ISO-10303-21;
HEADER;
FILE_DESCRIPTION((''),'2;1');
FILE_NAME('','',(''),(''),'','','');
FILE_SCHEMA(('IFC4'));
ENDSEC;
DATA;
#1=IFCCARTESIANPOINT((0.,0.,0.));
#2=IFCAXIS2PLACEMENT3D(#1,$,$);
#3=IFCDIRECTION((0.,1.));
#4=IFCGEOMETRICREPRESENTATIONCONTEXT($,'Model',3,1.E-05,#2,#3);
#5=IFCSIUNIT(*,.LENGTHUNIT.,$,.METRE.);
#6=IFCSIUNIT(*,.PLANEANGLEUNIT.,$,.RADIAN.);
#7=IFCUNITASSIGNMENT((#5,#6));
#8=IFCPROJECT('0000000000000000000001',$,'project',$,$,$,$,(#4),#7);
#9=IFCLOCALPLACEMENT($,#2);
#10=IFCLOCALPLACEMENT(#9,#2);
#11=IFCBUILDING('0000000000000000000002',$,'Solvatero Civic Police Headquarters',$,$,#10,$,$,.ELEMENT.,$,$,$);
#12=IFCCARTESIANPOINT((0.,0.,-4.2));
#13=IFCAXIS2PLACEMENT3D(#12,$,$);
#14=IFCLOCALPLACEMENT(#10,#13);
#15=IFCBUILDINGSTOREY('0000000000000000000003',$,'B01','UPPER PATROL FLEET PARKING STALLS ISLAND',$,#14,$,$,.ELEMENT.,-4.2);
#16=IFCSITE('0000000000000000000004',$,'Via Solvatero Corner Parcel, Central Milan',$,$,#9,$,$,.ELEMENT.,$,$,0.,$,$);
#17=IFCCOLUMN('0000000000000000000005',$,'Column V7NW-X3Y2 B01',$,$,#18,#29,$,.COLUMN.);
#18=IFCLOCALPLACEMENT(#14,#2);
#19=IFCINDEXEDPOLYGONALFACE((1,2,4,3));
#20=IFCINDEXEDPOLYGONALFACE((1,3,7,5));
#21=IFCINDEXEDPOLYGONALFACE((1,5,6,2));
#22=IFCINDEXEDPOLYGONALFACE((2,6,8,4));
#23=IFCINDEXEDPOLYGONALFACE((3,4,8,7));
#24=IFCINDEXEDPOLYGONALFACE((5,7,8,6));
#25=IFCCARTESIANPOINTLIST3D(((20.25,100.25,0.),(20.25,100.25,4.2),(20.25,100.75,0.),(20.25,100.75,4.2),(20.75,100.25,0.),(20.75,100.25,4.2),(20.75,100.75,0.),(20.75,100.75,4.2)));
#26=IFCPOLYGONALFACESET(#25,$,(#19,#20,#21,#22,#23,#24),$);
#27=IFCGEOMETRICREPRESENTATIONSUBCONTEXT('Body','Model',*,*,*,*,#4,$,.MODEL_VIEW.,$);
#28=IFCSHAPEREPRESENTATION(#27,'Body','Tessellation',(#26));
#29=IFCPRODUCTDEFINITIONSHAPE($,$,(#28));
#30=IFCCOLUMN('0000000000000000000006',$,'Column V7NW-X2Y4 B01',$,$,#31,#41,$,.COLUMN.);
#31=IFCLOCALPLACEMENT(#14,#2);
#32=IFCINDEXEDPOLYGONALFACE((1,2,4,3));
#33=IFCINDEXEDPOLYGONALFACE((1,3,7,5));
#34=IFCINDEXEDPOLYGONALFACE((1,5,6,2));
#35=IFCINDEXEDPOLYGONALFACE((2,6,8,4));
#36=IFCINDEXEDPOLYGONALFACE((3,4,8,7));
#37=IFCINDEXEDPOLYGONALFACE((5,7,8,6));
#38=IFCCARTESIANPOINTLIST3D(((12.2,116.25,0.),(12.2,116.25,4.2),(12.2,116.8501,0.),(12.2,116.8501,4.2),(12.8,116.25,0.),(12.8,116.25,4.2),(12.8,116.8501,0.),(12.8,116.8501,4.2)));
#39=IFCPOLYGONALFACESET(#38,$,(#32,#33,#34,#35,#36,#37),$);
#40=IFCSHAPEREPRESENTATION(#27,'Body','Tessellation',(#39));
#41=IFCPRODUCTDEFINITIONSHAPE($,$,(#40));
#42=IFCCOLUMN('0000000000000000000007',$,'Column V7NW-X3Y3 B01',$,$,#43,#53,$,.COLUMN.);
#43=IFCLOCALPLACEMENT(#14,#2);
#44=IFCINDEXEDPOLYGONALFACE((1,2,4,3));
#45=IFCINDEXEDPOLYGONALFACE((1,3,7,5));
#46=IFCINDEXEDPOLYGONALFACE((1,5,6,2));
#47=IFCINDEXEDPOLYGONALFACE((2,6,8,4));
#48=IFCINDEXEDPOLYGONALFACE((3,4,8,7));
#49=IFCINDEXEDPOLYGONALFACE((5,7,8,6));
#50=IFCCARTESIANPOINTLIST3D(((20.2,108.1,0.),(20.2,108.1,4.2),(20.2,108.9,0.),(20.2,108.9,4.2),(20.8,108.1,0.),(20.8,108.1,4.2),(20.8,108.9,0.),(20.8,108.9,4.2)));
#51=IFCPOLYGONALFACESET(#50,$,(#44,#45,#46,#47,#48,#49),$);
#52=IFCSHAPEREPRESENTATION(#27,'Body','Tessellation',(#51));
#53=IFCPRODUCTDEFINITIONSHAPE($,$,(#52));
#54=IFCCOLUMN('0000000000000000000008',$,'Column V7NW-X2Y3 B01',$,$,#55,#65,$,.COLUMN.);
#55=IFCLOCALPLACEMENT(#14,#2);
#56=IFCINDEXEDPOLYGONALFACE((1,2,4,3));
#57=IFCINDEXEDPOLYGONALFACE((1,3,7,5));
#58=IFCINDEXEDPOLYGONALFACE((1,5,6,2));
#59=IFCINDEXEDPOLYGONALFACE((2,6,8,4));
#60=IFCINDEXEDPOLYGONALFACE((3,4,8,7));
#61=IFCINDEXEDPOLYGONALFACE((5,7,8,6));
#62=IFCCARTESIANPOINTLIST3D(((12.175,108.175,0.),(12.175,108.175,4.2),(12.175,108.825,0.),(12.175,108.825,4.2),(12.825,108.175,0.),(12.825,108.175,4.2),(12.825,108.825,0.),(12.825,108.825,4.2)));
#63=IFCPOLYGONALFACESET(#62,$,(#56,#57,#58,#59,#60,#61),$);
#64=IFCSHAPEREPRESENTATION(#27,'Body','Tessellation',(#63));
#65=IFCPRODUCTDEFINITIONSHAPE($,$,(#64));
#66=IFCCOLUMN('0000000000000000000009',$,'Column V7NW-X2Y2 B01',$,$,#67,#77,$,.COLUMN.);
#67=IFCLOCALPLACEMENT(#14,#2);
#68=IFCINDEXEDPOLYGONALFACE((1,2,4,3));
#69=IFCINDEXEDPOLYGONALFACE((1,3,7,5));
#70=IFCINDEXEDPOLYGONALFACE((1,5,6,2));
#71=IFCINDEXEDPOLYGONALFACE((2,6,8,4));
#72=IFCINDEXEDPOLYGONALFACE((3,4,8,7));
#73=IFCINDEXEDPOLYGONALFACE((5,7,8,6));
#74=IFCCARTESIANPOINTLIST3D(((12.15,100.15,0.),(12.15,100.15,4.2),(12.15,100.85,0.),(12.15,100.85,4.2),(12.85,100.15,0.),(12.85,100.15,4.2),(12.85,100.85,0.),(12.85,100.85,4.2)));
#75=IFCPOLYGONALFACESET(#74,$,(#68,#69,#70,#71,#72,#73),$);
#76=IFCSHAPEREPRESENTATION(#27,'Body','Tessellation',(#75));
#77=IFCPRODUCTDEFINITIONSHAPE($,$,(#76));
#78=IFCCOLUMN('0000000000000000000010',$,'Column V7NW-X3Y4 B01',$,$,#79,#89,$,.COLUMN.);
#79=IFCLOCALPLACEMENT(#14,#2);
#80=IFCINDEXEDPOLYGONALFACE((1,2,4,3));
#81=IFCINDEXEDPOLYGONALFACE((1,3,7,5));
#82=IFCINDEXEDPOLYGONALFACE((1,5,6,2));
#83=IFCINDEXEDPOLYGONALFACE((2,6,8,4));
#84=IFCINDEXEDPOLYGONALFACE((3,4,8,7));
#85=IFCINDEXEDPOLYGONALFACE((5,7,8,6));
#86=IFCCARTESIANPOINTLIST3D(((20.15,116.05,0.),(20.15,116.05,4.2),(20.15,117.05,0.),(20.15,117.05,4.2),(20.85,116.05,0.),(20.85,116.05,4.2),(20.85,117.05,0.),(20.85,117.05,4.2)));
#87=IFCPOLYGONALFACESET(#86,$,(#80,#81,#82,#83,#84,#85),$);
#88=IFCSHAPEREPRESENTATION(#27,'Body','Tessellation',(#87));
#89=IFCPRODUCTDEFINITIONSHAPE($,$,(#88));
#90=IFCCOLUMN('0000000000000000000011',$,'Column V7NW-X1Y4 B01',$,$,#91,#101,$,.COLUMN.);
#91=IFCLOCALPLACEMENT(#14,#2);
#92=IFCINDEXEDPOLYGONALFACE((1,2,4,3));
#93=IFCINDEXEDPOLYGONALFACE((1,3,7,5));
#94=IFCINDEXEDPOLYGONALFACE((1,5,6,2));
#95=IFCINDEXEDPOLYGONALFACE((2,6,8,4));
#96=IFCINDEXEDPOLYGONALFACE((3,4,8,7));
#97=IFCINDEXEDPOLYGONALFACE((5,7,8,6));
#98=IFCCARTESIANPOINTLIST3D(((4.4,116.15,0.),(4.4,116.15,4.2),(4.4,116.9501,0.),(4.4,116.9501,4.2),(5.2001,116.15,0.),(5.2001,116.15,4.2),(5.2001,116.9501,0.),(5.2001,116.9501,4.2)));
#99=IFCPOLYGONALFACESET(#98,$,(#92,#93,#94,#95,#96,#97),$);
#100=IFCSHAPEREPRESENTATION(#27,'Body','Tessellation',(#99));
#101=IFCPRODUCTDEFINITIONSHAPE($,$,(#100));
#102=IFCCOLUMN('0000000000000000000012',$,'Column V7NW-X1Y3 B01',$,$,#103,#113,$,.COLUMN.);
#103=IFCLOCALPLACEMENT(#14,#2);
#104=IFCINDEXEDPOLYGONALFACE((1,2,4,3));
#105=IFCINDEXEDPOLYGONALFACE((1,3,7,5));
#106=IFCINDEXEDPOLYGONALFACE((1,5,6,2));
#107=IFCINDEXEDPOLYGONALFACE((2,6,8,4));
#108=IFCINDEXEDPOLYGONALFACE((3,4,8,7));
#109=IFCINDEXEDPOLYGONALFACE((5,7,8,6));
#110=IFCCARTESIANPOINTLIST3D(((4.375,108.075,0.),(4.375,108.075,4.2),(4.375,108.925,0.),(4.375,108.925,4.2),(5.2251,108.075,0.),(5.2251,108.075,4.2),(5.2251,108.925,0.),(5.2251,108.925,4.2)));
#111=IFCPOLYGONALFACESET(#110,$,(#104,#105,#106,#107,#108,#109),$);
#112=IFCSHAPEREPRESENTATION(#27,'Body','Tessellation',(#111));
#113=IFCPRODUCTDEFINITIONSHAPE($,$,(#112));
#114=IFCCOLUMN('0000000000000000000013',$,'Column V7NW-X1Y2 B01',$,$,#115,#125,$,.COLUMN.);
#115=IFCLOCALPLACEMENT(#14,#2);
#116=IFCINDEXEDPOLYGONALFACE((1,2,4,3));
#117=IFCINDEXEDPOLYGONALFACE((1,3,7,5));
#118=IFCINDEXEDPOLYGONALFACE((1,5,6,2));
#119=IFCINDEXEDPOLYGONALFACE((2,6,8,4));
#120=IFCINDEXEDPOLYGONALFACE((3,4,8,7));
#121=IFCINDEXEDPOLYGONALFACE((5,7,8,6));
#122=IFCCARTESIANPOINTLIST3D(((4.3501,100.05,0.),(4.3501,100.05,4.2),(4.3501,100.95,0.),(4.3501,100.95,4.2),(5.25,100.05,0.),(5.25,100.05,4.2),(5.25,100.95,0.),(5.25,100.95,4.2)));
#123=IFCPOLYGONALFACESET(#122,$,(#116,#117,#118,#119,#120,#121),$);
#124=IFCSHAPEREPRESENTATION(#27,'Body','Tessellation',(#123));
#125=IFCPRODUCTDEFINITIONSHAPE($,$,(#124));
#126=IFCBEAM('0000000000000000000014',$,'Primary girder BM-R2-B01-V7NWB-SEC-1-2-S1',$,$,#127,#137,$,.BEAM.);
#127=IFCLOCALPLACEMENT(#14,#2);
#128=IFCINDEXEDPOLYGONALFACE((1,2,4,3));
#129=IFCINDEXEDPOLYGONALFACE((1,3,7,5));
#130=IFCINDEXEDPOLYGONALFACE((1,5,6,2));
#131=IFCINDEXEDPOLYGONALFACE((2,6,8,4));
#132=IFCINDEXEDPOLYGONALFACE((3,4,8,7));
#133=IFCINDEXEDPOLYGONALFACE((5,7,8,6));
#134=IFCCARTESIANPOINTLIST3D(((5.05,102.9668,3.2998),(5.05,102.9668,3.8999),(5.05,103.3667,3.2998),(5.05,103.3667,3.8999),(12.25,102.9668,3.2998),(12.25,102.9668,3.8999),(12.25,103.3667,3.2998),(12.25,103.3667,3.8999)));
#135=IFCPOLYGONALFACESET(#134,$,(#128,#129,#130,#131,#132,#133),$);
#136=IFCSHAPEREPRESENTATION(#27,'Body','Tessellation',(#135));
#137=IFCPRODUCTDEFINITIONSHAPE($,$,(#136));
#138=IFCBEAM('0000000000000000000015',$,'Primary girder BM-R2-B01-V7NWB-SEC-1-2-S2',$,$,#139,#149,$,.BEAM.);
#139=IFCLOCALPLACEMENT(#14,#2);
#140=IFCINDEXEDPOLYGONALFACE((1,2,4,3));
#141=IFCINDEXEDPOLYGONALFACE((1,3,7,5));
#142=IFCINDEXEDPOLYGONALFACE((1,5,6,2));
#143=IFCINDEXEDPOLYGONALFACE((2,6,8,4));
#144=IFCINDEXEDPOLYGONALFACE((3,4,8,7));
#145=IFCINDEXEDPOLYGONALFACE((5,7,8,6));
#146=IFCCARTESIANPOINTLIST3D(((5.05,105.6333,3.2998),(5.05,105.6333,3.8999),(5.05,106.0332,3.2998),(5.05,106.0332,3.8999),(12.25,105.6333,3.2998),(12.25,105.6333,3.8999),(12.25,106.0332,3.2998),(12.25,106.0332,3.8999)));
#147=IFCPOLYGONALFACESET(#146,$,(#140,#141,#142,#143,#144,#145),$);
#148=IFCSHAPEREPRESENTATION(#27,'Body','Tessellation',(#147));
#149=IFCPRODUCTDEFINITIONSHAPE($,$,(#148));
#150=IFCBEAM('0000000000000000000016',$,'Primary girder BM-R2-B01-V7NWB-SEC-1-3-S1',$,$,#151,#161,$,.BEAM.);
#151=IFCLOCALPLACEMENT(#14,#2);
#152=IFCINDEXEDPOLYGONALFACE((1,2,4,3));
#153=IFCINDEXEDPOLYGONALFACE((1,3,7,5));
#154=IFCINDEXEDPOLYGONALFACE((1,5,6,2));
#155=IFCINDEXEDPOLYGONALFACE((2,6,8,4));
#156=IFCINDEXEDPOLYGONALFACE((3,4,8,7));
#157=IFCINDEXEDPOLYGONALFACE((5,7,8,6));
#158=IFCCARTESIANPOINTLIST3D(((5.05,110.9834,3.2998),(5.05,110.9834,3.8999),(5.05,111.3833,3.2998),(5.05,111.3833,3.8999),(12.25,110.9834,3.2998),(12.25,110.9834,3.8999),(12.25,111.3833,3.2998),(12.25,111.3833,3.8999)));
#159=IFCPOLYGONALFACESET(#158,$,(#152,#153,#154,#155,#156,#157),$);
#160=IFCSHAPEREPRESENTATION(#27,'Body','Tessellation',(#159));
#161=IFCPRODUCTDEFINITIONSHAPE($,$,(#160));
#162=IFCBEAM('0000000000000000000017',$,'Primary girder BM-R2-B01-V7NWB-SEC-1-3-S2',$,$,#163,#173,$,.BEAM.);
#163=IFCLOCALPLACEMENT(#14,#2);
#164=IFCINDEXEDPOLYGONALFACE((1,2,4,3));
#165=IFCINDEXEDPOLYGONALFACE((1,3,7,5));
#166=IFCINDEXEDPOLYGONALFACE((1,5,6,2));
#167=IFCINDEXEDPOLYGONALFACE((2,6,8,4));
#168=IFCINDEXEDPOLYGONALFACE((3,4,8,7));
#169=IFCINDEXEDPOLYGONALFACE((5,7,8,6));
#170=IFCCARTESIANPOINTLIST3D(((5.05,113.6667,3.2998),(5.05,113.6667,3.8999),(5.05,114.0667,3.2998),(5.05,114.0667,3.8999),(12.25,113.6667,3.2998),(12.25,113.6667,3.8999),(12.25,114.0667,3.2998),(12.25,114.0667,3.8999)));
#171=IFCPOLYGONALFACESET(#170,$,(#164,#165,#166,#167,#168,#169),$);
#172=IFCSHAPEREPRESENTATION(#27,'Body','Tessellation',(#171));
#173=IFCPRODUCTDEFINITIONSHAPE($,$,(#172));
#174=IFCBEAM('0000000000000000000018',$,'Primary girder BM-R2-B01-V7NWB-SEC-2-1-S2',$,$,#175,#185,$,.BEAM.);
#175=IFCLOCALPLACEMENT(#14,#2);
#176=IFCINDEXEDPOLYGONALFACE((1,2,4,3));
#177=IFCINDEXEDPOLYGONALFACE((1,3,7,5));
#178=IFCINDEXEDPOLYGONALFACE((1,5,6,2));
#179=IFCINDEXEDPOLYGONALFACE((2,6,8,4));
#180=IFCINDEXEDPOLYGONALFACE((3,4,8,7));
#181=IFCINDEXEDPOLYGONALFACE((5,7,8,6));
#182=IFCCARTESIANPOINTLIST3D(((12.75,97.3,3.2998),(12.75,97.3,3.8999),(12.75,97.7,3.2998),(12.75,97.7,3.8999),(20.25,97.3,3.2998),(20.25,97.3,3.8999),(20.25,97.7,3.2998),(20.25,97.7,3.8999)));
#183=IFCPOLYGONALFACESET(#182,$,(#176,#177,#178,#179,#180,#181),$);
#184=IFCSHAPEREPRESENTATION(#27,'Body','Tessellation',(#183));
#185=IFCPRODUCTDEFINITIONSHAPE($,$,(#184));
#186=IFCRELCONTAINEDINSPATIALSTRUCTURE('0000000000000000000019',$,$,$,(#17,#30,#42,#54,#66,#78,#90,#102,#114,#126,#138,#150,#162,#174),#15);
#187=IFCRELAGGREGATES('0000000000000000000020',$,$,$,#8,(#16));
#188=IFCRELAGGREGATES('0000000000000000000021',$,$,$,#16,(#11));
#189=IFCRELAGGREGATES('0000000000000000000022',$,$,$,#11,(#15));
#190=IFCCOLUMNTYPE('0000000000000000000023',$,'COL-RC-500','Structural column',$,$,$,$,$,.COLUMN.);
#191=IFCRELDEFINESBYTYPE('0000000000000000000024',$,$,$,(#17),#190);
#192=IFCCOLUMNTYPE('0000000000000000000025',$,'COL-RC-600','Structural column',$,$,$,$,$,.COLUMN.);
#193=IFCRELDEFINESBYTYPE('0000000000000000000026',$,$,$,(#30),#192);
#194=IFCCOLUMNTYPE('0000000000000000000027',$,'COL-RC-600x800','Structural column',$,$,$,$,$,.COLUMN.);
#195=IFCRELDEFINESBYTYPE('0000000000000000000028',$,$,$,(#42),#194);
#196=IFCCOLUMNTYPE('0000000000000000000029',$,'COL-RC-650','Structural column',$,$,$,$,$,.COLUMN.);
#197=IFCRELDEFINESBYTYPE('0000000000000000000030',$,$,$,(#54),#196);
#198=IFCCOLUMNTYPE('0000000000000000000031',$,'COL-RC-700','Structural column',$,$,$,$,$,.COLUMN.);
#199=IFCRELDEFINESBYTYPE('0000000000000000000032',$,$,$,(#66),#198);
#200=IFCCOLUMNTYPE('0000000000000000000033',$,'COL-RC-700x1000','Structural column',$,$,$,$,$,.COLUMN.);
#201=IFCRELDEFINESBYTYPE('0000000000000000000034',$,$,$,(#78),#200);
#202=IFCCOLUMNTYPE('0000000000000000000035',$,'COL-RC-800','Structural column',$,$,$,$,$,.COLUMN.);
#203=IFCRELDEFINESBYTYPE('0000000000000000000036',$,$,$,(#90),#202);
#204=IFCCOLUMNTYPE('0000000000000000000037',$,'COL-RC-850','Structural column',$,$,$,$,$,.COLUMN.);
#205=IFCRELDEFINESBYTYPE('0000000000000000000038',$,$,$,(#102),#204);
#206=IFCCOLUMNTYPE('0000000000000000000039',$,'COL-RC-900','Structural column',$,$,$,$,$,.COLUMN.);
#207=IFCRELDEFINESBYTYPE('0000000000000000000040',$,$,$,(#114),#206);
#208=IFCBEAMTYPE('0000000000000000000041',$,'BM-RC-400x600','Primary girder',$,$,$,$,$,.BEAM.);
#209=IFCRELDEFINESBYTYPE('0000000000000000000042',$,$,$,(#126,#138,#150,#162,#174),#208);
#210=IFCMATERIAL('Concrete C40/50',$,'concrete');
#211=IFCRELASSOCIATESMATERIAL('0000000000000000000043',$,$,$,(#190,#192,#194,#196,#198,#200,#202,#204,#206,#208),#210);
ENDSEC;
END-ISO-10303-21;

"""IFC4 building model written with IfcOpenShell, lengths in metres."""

from ifc_helpers import new_model, si_unit, direction, frame, origin, origin_2d, place, context, subcontext, project, spatial, rectangle, extrude, material, material_profile, profile_set, type_object, element, save


model = new_model("IFC4")

# Units and contexts
model_context = context("Model", 3, precision=1e-05, world=origin(), true_north=direction((0.0, 1.0)))
body_context = subcontext(model_context, "Body", "Model", "MODEL_VIEW")
ifc_project = project(units=[si_unit("LENGTHUNIT", "METRE"), si_unit("PLANEANGLEUNIT", "RADIAN")], contexts=[model_context])

# Site, building, storey
site_placement = place(None, origin())
site = spatial("IfcSite", under=ifc_project, at=site_placement, Name="Via Solvatero Corner Parcel, Central Milan", CompositionType="ELEMENT", RefElevation=0.0)
building_placement = place(site_placement, origin())
building = spatial("IfcBuilding", under=site, at=building_placement, Name="Solvatero Civic Police Headquarters", CompositionType="ELEMENT")
storey_placement = place(building_placement, frame((0.0, 0.0, -4.2)))
storey = spatial("IfcBuildingStorey", under=building, at=storey_placement, Name="B01", Description="UPPER PATROL FLEET PARKING STALLS ISLAND", CompositionType="ELEMENT", Elevation=-4.2)

# Columns
ifc_material_1 = material(Name="Concrete C40/50", Category="concrete")
ifc_material_profile_1 = material_profile(ifc_material_1, rectangle(XDim=0.5, YDim=0.5, at=origin_2d()), Name="RC 500x500")
ifc_profile_set_1 = profile_set([ifc_material_profile_1], Name="Concrete C40/50")
column_type_1 = type_object("IfcColumnType", Name="COL-RC-500", Description="Structural column", PredefinedType="COLUMN", material=ifc_profile_set_1)
column_1_placement = place(storey_placement, frame((20.5, 100.5, 0.0), z_axis=(0.0, 0.0, 1.0), x_axis=(1.0, 0.0, 0.0)))
element("IfcColumn", 1, at=column_1_placement, inside=storey, type_object=column_type_1, Name="Column V7NW-X3Y2 B01", PredefinedType="COLUMN", context=body_context, shape_type="SweptSolid", body=[
    extrude(rectangle(XDim=0.5, YDim=0.5, at=origin_2d()), origin(), (0.0, 0.0, 1.0), 4.2),
])
ifc_material_profile_2 = material_profile(ifc_material_1, rectangle(XDim=0.6001, YDim=0.6001, at=origin_2d()), Name="RC 600x600")
ifc_profile_set_2 = profile_set([ifc_material_profile_2], Name="Concrete C40/50")
column_type_2 = type_object("IfcColumnType", Name="COL-RC-600", Description="Structural column", PredefinedType="COLUMN", material=ifc_profile_set_2)
column_2_placement = place(storey_placement, frame((12.5, 116.55, 0.0), z_axis=(0.0, 0.0, 1.0), x_axis=(1.0, 0.0, 0.0)))
element("IfcColumn", 2, at=column_2_placement, inside=storey, type_object=column_type_2, Name="Column V7NW-X2Y4 B01", PredefinedType="COLUMN", context=body_context, shape_type="SweptSolid", body=[
    extrude(rectangle(XDim=0.6001, YDim=0.6001, at=origin_2d()), origin(), (0.0, 0.0, 1.0), 4.2),
])
ifc_material_profile_3 = material_profile(ifc_material_1, rectangle(XDim=0.6001, YDim=0.8, at=origin_2d()), Name="RC 600x800")
ifc_profile_set_3 = profile_set([ifc_material_profile_3], Name="Concrete C40/50")
column_type_3 = type_object("IfcColumnType", Name="COL-RC-600x800", Description="Structural column", PredefinedType="COLUMN", material=ifc_profile_set_3)
column_3_placement = place(storey_placement, frame((20.5, 108.5, 0.0), z_axis=(0.0, 0.0, 1.0), x_axis=(1.0, 0.0, 0.0)))
element("IfcColumn", 3, at=column_3_placement, inside=storey, type_object=column_type_3, Name="Column V7NW-X3Y3 B01", PredefinedType="COLUMN", context=body_context, shape_type="SweptSolid", body=[
    extrude(rectangle(XDim=0.6001, YDim=0.8, at=origin_2d()), origin(), (0.0, 0.0, 1.0), 4.2),
])
ifc_material_profile_4 = material_profile(ifc_material_1, rectangle(XDim=0.6499, YDim=0.6499, at=origin_2d()), Name="RC 650x650")
ifc_profile_set_4 = profile_set([ifc_material_profile_4], Name="Concrete C40/50")
column_type_4 = type_object("IfcColumnType", Name="COL-RC-650", Description="Structural column", PredefinedType="COLUMN", material=ifc_profile_set_4)
column_4_placement = place(storey_placement, frame((12.5, 108.5, 0.0), z_axis=(0.0, 0.0, 1.0), x_axis=(1.0, 0.0, 0.0)))
element("IfcColumn", 4, at=column_4_placement, inside=storey, type_object=column_type_4, Name="Column V7NW-X2Y3 B01", PredefinedType="COLUMN", context=body_context, shape_type="SweptSolid", body=[
    extrude(rectangle(XDim=0.6499, YDim=0.6499, at=origin_2d()), origin(), (0.0, 0.0, 1.0), 4.2),
])
ifc_material_profile_5 = material_profile(ifc_material_1, rectangle(XDim=0.7, YDim=0.7, at=origin_2d()), Name="RC 700x700")
ifc_profile_set_5 = profile_set([ifc_material_profile_5], Name="Concrete C40/50")
column_type_5 = type_object("IfcColumnType", Name="COL-RC-700", Description="Structural column", PredefinedType="COLUMN", material=ifc_profile_set_5)
column_5_placement = place(storey_placement, frame((12.5, 100.5, 0.0), z_axis=(0.0, 0.0, 1.0), x_axis=(1.0, 0.0, 0.0)))
element("IfcColumn", 5, at=column_5_placement, inside=storey, type_object=column_type_5, Name="Column V7NW-X2Y2 B01", PredefinedType="COLUMN", context=body_context, shape_type="SweptSolid", body=[
    extrude(rectangle(XDim=0.7, YDim=0.7, at=origin_2d()), origin(), (0.0, 0.0, 1.0), 4.2),
])
ifc_material_profile_6 = material_profile(ifc_material_1, rectangle(XDim=0.7, YDim=1.0, at=origin_2d()), Name="RC 700x1000")
ifc_profile_set_6 = profile_set([ifc_material_profile_6], Name="Concrete C40/50")
column_type_6 = type_object("IfcColumnType", Name="COL-RC-700x1000", Description="Structural column", PredefinedType="COLUMN", material=ifc_profile_set_6)
column_6_placement = place(storey_placement, frame((20.5, 116.55, 0.0), z_axis=(0.0, 0.0, 1.0), x_axis=(1.0, 0.0, 0.0)))
element("IfcColumn", 6, at=column_6_placement, inside=storey, type_object=column_type_6, Name="Column V7NW-X3Y4 B01", PredefinedType="COLUMN", context=body_context, shape_type="SweptSolid", body=[
    extrude(rectangle(XDim=0.7, YDim=1.0, at=origin_2d()), origin(), (0.0, 0.0, 1.0), 4.2),
])
ifc_material_profile_7 = material_profile(ifc_material_1, rectangle(XDim=0.8, YDim=0.8, at=origin_2d()), Name="RC 800x800")
ifc_profile_set_7 = profile_set([ifc_material_profile_7], Name="Concrete C40/50")
column_type_7 = type_object("IfcColumnType", Name="COL-RC-800", Description="Structural column", PredefinedType="COLUMN", material=ifc_profile_set_7)
column_7_placement = place(storey_placement, frame((4.8, 116.55, 0.0), z_axis=(0.0, 0.0, 1.0), x_axis=(1.0, 0.0, 0.0)))
element("IfcColumn", 7, at=column_7_placement, inside=storey, type_object=column_type_7, Name="Column V7NW-X1Y4 B01", PredefinedType="COLUMN", context=body_context, shape_type="SweptSolid", body=[
    extrude(rectangle(XDim=0.8, YDim=0.8, at=origin_2d()), origin(), (0.0, 0.0, 1.0), 4.2),
])
ifc_material_profile_8 = material_profile(ifc_material_1, rectangle(XDim=0.8501, YDim=0.8501, at=origin_2d()), Name="RC 850x850")
ifc_profile_set_8 = profile_set([ifc_material_profile_8], Name="Concrete C40/50")
column_type_8 = type_object("IfcColumnType", Name="COL-RC-850", Description="Structural column", PredefinedType="COLUMN", material=ifc_profile_set_8)
column_8_placement = place(storey_placement, frame((4.8, 108.5, 0.0), z_axis=(0.0, 0.0, 1.0), x_axis=(1.0, 0.0, 0.0)))
element("IfcColumn", 8, at=column_8_placement, inside=storey, type_object=column_type_8, Name="Column V7NW-X1Y3 B01", PredefinedType="COLUMN", context=body_context, shape_type="SweptSolid", body=[
    extrude(rectangle(XDim=0.8501, YDim=0.8501, at=origin_2d()), origin(), (0.0, 0.0, 1.0), 4.2),
])
ifc_material_profile_9 = material_profile(ifc_material_1, rectangle(XDim=0.8999, YDim=0.8999, at=origin_2d()), Name="RC 900x900")
ifc_profile_set_9 = profile_set([ifc_material_profile_9], Name="Concrete C40/50")
column_type_9 = type_object("IfcColumnType", Name="COL-RC-900", Description="Structural column", PredefinedType="COLUMN", material=ifc_profile_set_9)
column_9_placement = place(storey_placement, frame((4.8, 100.5, 0.0), z_axis=(0.0, 0.0, 1.0), x_axis=(1.0, 0.0, 0.0)))
element("IfcColumn", 9, at=column_9_placement, inside=storey, type_object=column_type_9, Name="Column V7NW-X1Y2 B01", PredefinedType="COLUMN", context=body_context, shape_type="SweptSolid", body=[
    extrude(rectangle(XDim=0.8999, YDim=0.8999, at=origin_2d()), origin(), (0.0, 0.0, 1.0), 4.2),
])

# Beams
ifc_material_profile_10 = material_profile(ifc_material_1, rectangle(XDim=0.3999, YDim=0.6001, at=origin_2d()), Name="RC 400x600")
ifc_profile_set_10 = profile_set([ifc_material_profile_10], Name="Concrete C40/50")
beam_type_1 = type_object("IfcBeamType", Name="BM-RC-400x600", Description="Primary girder", PredefinedType="BEAM", material=ifc_profile_set_10)
for number, where, z_axis, x_axis, name in (
    (10, (5.05, 103.1667, 3.5999), (1.0, 0.0, 0.0), (0.0, 1.0, 0.0), "Primary girder BM-R2-B01-V7NWB-SEC-1-2-S1"),
    (11, (5.05, 105.8333, 3.5999), (1.0, 0.0, 0.0), (0.0, 1.0, 0.0), "Primary girder BM-R2-B01-V7NWB-SEC-1-2-S2"),
    (12, (5.05, 111.1833, 3.5999), (1.0, 0.0, 0.0), (0.0, 1.0, 0.0), "Primary girder BM-R2-B01-V7NWB-SEC-1-3-S1"),
    (13, (5.05, 113.8667, 3.5999), (1.0, 0.0, 0.0), (0.0, 1.0, 0.0), "Primary girder BM-R2-B01-V7NWB-SEC-1-3-S2"),
):
    element("IfcBeam", number, at=place(storey_placement, frame(where, z_axis=z_axis, x_axis=x_axis)), inside=storey, type_object=beam_type_1, Name=name, PredefinedType="BEAM", context=body_context, shape_type="SweptSolid", body=[
        extrude(rectangle(XDim=0.3999, YDim=0.6001, at=origin_2d()), origin(), (0.0, 0.0, 1.0), 7.2),
    ])
for number, where, z_axis, x_axis, name in (
    (14, (12.75, 97.5, 3.5999), (1.0, 0.0, 0.0), (0.0, 1.0, 0.0), "Primary girder BM-R2-B01-V7NWB-SEC-2-1-S2"),
):
    element("IfcBeam", number, at=place(storey_placement, frame(where, z_axis=z_axis, x_axis=x_axis)), inside=storey, type_object=beam_type_1, Name=name, PredefinedType="BEAM", context=body_context, shape_type="SweptSolid", body=[
        extrude(rectangle(XDim=0.3999, YDim=0.6001, at=origin_2d()), origin(), (0.0, 0.0, 1.0), 7.5),
    ])

save(model, "model.ifc")
